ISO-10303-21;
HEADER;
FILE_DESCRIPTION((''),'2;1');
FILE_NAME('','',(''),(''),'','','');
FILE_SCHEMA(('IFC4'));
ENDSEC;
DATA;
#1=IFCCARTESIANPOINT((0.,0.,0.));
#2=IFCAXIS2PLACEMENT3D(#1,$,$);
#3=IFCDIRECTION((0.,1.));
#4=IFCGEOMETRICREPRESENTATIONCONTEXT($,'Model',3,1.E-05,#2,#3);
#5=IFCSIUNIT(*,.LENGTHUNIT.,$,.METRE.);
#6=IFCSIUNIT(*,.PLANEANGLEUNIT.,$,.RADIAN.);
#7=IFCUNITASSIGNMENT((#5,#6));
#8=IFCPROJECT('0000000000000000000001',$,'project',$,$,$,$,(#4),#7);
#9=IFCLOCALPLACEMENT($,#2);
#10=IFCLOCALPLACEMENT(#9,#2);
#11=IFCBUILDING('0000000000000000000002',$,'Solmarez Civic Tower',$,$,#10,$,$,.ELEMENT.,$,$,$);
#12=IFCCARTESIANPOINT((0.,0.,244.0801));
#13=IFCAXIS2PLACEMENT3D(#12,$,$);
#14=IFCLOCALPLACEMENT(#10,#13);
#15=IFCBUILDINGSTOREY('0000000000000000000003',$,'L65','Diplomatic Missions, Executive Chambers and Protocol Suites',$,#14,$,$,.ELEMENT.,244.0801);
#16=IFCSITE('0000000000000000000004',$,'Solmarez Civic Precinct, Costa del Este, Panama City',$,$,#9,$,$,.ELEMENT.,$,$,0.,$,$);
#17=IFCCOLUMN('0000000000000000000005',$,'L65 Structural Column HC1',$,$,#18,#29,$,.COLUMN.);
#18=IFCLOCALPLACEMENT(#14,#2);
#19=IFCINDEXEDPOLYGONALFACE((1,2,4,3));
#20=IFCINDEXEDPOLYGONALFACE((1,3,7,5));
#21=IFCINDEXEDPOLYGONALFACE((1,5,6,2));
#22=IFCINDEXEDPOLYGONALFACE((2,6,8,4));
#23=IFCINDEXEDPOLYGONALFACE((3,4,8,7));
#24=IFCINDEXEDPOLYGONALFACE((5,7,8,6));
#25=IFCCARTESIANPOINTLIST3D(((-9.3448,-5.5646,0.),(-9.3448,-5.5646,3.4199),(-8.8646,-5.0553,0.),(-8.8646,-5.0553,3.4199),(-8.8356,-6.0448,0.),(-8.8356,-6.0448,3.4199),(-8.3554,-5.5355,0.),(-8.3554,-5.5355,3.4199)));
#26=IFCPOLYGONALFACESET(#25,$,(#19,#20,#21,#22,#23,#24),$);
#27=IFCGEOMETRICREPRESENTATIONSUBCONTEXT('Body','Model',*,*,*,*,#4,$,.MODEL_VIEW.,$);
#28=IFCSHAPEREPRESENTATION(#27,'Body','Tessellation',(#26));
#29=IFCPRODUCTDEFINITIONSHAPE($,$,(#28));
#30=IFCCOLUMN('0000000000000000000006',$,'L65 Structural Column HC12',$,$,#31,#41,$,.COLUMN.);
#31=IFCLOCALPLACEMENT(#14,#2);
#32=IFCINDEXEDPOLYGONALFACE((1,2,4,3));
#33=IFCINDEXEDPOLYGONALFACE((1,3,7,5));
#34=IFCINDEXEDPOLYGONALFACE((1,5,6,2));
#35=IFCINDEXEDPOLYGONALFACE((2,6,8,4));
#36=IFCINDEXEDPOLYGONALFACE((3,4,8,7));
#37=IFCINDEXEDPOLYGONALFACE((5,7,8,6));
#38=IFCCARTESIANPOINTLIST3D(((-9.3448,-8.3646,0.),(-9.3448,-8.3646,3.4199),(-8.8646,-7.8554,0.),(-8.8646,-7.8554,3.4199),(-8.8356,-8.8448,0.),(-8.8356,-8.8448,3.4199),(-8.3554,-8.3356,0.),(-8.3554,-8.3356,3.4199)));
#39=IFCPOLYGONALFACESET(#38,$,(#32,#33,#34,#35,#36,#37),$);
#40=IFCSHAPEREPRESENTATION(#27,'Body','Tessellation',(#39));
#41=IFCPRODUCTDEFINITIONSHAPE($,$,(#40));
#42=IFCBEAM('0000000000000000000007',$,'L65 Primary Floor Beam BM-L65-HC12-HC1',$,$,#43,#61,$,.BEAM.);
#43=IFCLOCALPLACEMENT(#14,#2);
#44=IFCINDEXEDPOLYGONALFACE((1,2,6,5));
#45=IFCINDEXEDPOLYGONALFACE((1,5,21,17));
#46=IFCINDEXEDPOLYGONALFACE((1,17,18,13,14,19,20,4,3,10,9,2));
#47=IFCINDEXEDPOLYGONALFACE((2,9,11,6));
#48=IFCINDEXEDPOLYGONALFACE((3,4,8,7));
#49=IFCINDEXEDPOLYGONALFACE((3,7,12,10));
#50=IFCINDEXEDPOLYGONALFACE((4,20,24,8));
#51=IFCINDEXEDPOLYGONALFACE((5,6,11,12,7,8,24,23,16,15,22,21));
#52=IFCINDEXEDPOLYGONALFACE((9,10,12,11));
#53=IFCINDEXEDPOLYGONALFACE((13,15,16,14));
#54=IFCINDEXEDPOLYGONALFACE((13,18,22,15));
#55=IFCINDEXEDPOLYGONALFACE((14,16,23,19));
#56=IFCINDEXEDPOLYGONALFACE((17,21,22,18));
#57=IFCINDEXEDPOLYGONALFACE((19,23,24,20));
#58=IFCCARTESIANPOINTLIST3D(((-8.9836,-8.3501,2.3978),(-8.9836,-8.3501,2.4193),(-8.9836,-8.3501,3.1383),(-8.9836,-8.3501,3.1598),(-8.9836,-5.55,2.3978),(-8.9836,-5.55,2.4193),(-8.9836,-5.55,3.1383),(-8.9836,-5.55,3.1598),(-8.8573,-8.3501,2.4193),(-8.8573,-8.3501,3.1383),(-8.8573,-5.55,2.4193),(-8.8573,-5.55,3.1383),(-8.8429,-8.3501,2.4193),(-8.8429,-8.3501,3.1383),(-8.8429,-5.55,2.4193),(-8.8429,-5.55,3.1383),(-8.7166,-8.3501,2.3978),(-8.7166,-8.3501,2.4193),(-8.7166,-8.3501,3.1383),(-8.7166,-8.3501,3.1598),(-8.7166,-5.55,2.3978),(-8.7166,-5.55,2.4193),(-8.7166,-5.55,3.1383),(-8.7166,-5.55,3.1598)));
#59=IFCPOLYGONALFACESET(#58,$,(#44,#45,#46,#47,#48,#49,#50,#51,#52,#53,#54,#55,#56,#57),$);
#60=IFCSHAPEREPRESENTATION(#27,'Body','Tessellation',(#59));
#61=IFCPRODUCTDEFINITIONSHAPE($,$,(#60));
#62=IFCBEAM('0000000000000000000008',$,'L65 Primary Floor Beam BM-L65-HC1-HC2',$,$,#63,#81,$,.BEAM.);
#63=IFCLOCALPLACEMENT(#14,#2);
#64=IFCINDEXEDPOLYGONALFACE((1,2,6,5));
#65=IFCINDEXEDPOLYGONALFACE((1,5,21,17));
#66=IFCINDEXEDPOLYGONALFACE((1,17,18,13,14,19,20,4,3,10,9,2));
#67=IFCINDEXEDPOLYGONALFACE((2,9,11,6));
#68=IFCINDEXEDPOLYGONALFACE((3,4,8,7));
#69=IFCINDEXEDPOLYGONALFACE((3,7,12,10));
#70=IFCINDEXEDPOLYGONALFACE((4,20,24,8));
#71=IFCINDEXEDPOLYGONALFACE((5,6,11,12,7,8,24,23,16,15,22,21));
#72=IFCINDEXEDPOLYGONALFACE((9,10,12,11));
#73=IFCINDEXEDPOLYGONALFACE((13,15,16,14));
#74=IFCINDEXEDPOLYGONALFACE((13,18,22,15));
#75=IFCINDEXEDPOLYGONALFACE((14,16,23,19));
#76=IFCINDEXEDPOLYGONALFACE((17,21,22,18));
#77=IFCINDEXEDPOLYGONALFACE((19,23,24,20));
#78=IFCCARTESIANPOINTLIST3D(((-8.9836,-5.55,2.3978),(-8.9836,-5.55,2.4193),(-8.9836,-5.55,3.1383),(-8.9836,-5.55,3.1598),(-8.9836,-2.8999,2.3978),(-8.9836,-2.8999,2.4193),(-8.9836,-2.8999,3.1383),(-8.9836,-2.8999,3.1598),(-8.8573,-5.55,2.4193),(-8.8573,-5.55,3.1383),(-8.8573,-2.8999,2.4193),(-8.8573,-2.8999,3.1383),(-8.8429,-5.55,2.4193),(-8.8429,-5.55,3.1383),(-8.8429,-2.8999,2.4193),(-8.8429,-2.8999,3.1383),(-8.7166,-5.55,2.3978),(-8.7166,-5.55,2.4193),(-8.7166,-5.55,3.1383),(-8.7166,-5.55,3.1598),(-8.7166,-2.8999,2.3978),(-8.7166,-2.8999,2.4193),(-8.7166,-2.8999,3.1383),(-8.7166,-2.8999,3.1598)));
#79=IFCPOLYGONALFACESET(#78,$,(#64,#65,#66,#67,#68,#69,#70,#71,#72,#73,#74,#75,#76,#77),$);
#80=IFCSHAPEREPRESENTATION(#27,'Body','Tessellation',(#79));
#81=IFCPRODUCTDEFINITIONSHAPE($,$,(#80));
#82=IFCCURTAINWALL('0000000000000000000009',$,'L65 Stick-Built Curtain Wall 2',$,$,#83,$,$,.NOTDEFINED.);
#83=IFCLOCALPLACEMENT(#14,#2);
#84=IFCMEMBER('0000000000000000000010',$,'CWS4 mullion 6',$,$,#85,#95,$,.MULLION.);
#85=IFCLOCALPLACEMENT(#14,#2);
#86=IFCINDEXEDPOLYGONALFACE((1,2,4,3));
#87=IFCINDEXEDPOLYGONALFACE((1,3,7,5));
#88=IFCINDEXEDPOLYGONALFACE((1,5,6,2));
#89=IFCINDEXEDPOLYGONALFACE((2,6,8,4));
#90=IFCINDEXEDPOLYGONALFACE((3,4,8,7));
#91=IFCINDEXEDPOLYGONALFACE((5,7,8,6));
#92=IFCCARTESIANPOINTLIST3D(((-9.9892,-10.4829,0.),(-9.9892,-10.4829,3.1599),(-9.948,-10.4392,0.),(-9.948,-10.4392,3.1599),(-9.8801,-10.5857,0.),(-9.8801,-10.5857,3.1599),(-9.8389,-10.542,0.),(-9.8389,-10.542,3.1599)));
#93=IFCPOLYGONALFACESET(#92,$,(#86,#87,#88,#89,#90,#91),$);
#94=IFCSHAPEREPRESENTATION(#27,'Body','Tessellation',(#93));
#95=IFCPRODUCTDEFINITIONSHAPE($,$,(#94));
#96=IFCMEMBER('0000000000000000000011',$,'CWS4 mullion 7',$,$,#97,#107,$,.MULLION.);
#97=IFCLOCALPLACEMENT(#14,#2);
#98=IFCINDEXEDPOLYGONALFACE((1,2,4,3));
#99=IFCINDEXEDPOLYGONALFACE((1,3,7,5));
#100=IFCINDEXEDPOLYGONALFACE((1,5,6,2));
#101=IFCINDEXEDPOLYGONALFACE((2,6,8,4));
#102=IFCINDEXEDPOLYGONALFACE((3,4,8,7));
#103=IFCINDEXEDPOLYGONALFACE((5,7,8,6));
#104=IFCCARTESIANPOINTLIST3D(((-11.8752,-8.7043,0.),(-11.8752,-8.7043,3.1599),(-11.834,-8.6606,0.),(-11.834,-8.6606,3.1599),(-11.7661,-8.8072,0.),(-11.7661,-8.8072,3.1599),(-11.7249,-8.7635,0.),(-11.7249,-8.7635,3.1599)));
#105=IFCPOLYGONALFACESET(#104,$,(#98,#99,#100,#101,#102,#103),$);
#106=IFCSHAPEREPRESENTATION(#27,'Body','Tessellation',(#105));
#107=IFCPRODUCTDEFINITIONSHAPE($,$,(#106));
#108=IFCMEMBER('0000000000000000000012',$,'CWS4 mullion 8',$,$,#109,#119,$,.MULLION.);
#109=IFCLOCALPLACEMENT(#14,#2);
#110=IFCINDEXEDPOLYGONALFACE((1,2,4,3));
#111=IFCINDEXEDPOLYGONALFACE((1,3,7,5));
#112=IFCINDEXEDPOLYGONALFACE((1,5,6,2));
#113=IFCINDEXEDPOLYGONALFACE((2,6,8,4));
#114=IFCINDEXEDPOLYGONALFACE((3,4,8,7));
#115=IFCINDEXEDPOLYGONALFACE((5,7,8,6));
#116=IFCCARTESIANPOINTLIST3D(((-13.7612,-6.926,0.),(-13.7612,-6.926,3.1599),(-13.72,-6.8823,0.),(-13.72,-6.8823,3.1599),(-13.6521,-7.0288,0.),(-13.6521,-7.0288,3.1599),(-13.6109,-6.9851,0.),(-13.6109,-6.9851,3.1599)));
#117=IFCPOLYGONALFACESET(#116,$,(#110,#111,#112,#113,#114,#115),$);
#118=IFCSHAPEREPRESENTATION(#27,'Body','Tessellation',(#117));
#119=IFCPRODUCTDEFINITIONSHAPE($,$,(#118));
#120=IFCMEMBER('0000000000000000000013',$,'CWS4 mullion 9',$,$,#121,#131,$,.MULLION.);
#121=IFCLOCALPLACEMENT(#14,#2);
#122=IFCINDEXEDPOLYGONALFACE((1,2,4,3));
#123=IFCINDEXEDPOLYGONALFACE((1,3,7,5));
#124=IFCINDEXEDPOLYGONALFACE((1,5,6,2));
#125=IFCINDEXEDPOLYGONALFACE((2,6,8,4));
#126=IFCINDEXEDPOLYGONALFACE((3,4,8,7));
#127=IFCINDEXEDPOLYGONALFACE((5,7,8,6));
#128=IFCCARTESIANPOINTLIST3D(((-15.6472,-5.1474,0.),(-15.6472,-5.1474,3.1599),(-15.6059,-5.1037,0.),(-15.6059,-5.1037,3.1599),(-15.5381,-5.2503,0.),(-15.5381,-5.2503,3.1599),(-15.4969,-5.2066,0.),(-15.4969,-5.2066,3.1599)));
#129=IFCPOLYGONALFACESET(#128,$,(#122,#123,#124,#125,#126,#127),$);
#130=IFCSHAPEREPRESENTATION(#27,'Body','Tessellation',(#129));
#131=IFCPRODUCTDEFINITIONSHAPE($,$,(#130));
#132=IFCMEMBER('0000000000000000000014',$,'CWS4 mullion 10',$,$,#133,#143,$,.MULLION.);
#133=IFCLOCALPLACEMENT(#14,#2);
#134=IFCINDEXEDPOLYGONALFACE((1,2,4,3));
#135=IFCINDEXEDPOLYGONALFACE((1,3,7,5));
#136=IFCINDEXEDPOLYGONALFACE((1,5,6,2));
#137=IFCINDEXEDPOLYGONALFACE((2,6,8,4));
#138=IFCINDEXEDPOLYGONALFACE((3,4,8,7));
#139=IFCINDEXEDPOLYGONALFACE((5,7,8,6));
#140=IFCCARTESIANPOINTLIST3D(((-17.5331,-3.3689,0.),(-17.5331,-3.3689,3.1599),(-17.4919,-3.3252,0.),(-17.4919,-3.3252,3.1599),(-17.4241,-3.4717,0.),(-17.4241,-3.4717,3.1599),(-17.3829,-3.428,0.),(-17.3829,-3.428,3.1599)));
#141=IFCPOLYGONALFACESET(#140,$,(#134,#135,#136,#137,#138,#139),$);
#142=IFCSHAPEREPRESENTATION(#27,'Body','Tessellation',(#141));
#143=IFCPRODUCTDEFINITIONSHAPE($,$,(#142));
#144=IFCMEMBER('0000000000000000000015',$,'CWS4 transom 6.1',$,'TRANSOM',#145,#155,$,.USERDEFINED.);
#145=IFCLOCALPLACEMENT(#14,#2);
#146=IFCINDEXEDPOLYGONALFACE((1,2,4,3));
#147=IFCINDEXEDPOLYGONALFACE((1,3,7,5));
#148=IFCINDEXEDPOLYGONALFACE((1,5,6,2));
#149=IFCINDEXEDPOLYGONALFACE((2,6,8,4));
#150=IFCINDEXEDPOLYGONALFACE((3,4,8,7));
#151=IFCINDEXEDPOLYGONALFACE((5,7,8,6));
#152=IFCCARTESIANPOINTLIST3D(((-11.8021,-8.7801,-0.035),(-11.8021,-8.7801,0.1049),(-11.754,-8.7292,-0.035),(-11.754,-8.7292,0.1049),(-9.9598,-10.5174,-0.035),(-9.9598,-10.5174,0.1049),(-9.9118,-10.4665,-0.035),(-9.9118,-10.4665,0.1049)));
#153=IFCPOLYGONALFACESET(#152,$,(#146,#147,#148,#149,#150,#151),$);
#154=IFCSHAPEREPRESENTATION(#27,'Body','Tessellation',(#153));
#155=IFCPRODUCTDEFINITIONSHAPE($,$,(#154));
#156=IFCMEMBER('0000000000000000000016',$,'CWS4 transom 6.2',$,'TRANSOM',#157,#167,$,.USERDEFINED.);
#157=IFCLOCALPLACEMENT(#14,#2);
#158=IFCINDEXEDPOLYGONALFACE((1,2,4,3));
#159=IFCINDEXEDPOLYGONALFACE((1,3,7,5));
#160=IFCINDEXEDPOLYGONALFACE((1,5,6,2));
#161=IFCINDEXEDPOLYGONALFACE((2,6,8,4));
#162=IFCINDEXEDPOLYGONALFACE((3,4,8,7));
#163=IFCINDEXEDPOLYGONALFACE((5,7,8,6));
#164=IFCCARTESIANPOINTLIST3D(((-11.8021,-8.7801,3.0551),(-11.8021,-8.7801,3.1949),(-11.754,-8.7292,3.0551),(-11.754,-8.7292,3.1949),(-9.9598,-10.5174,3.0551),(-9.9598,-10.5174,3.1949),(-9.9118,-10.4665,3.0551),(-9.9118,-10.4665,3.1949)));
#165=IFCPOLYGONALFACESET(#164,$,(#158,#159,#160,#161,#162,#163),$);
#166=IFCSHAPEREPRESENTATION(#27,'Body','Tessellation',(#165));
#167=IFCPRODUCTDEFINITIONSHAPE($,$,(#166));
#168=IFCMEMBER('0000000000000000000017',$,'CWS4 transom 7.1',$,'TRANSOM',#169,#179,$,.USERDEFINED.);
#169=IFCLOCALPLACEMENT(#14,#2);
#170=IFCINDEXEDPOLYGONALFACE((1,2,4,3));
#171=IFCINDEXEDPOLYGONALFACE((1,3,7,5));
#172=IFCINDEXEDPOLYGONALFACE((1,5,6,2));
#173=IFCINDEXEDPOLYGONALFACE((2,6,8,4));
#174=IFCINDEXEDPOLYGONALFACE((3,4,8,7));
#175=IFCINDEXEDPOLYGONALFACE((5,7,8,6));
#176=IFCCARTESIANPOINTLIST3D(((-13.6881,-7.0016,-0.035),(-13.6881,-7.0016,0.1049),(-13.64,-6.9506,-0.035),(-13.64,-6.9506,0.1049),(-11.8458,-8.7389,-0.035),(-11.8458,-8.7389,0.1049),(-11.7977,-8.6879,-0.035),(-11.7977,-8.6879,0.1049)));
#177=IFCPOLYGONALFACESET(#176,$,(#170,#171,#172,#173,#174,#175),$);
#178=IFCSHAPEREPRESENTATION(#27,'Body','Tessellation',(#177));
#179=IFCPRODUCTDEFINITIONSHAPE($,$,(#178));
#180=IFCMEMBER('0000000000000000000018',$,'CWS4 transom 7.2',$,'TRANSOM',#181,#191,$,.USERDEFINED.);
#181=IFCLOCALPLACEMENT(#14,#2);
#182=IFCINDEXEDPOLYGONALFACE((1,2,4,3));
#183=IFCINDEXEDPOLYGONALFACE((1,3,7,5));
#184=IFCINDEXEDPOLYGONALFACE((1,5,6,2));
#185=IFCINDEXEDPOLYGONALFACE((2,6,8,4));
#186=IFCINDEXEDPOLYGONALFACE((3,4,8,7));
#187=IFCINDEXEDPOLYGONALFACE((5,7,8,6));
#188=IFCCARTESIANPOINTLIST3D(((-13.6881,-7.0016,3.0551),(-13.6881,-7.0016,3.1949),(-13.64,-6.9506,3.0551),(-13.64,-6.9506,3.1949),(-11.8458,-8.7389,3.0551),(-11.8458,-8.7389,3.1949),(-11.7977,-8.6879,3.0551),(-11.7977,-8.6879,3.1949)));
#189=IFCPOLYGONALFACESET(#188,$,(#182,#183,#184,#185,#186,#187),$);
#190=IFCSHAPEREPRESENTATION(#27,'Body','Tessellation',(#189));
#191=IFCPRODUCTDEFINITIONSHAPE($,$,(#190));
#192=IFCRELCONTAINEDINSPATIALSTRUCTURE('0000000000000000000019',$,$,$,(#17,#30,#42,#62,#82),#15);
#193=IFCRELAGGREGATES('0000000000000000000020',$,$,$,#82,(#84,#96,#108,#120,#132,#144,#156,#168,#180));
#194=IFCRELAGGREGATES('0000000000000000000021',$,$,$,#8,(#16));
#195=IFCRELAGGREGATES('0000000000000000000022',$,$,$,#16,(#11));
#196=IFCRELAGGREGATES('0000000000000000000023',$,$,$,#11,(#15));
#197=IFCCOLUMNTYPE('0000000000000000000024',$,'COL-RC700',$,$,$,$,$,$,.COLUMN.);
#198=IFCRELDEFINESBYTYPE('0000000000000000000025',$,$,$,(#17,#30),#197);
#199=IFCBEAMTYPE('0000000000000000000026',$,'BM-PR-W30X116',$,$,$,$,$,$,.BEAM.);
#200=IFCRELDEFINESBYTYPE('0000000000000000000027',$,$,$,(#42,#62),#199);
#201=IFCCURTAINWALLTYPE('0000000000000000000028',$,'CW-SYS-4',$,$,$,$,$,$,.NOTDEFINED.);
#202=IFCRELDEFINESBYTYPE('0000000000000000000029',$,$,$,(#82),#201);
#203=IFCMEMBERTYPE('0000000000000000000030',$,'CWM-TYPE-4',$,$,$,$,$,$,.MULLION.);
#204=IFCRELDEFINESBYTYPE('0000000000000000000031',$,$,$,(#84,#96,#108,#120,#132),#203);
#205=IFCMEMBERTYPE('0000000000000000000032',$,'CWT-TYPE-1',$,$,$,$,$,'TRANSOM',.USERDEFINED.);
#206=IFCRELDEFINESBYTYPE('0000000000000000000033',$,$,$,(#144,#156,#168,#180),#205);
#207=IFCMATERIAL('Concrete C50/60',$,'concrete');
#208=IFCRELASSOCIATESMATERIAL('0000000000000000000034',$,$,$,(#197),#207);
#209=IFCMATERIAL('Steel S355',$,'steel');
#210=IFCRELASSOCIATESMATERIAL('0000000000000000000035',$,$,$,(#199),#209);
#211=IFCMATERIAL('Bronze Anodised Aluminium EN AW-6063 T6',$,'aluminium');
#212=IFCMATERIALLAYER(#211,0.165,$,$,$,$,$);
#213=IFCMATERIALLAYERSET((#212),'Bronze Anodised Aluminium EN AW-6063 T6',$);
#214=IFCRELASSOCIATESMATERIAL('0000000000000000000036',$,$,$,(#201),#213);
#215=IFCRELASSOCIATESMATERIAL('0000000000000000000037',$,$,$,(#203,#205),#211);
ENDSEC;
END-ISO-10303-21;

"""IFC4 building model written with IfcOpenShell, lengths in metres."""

from ifc_helpers import new_model, si_unit, direction, frame, origin, origin_2d, place, context, subcontext, project, spatial, rectangle, i_section, extrude, material, layer, layer_set, material_profile, profile_set, type_object, element, aggregate, save


model = new_model("IFC4")

# Units and contexts
model_context = context("Model", 3, precision=1e-05, world=origin(), true_north=direction((0.0, 1.0)))
body_context = subcontext(model_context, "Body", "Model", "MODEL_VIEW")
ifc_project = project(units=[si_unit("LENGTHUNIT", "METRE"), si_unit("PLANEANGLEUNIT", "RADIAN")], contexts=[model_context])

# Site, building, storey
site_placement = place(None, origin())
site = spatial("IfcSite", under=ifc_project, at=site_placement, Name="Solmarez Civic Precinct, Costa del Este, Panama City", CompositionType="ELEMENT", RefElevation=0.0)
building_placement = place(site_placement, origin())
building = spatial("IfcBuilding", under=site, at=building_placement, Name="Solmarez Civic Tower", CompositionType="ELEMENT")
storey_placement = place(building_placement, frame((0.0, 0.0, 244.0801)))
storey = spatial("IfcBuildingStorey", under=building, at=storey_placement, Name="L65", Description="Diplomatic Missions, Executive Chambers and Protocol Suites", CompositionType="ELEMENT", Elevation=244.0801)

# Columns
ifc_material_1 = material(Name="Concrete C50/60", Category="concrete")
ifc_material_profile_1 = material_profile(ifc_material_1, rectangle(XDim=0.7, YDim=0.7, at=origin_2d()), Name="RC700X700")
ifc_profile_set_1 = profile_set([ifc_material_profile_1], Name="Concrete C50/60")
column_type = type_object("IfcColumnType", Name="COL-RC700", PredefinedType="COLUMN", material=ifc_profile_set_1)
for number, where, z_axis, x_axis, name in (
    (1, (-8.8501, -5.55, 0.0), (0.0, 0.0, 1.0), (0.686072, 0.727533, 0.0), "L65 Structural Column HC1"),
    (2, (-8.8501, -8.3501, 0.0), (0.0, 0.0, 1.0), (0.686072, 0.727533, 0.0), "L65 Structural Column HC12"),
):
    element("IfcColumn", number, at=place(storey_placement, frame(where, z_axis=z_axis, x_axis=x_axis)), inside=storey, type_object=column_type, Name=name, PredefinedType="COLUMN", context=body_context, shape_type="SweptSolid", body=[
        extrude(rectangle(XDim=0.7, YDim=0.7, at=origin_2d()), origin(), (0.0, 0.0, 1.0), 3.4199),
    ])

# Beams
ifc_material_2 = material(Name="Steel S355", Category="steel")
ifc_material_profile_2 = material_profile(ifc_material_2, i_section(OverallWidth=0.2671, OverallDepth=0.762, WebThickness=0.0144, FlangeThickness=0.0215, at=origin_2d()), Name="W30X116")
ifc_profile_set_2 = profile_set([ifc_material_profile_2], Name="Steel S355")
beam_type = type_object("IfcBeamType", Name="BM-PR-W30X116", PredefinedType="BEAM", material=ifc_profile_set_2)
beam_1_placement = place(storey_placement, frame((-8.8501, -8.3501, 2.7788), z_axis=(0.0, 1.0, 0.0), x_axis=(-1.0, 0.0, 0.0)))
element("IfcBeam", 3, at=beam_1_placement, inside=storey, type_object=beam_type, Name="L65 Primary Floor Beam BM-L65-HC12-HC1", PredefinedType="BEAM", context=body_context, shape_type="SweptSolid", body=[
    extrude(i_section(OverallWidth=0.2671, OverallDepth=0.762, WebThickness=0.0144, FlangeThickness=0.0215, at=origin_2d()), origin(), (0.0, 0.0, 1.0), 2.8),
])
beam_2_placement = place(storey_placement, frame((-8.8501, -5.55, 2.7788), z_axis=(0.0, 1.0, 0.0), x_axis=(-1.0, 0.0, 0.0)))
element("IfcBeam", 4, at=beam_2_placement, inside=storey, type_object=beam_type, Name="L65 Primary Floor Beam BM-L65-HC1-HC2", PredefinedType="BEAM", context=body_context, shape_type="SweptSolid", body=[
    extrude(i_section(OverallWidth=0.2671, OverallDepth=0.762, WebThickness=0.0144, FlangeThickness=0.0215, at=origin_2d()), origin(), (0.0, 0.0, 1.0), 2.6501),
])

# Curtain wall, members
ifc_material_3 = material(Name="Bronze Anodised Aluminium EN AW-6063 T6", Category="aluminium")
ifc_layer_1 = layer(ifc_material_3, 0.165)
ifc_layer_set_1 = layer_set([ifc_layer_1], Name="Bronze Anodised Aluminium EN AW-6063 T6")
curtain_wall_type = type_object("IfcCurtainWallType", Name="CW-SYS-4", PredefinedType="NOTDEFINED", material=ifc_layer_set_1)
curtain_wall_placement = place(storey_placement, origin())
curtain_wall = element("IfcCurtainWall", 5, at=curtain_wall_placement, inside=storey, type_object=curtain_wall_type, Name="L65 Stick-Built Curtain Wall 2", PredefinedType="NOTDEFINED")
ifc_material_profile_3 = material_profile(ifc_material_3, rectangle(XDim=0.0601, YDim=0.1499, at=origin_2d()), Name="CWM-60X150")
ifc_profile_set_3 = profile_set([ifc_material_profile_3], Name="Bronze Anodised Aluminium EN AW-6063 T6")
member_type_1 = type_object("IfcMemberType", Name="CWM-TYPE-4", PredefinedType="MULLION", material=ifc_profile_set_3)
member_1_placement = place(storey_placement, frame((-9.9141, -10.5125, 0.0), z_axis=(0.0, 0.0, 1.0), x_axis=(-0.686068, -0.727537, 0.0)))
member_1 = element("IfcMember", 6, at=member_1_placement, type_object=member_type_1, Name="CWS4 mullion 6", PredefinedType="MULLION", context=body_context, shape_type="SweptSolid", body=[
    extrude(rectangle(XDim=0.0601, YDim=0.1499, at=origin_2d()), origin(), (0.0, 0.0, 1.0), 3.1599),
])
member_2_placement = place(storey_placement, frame((-11.8, -8.7339, 0.0), z_axis=(0.0, 0.0, 1.0), x_axis=(-0.686068, -0.727537, 0.0)))
member_2 = element("IfcMember", 7, at=member_2_placement, type_object=member_type_1, Name="CWS4 mullion 7", PredefinedType="MULLION", context=body_context, shape_type="SweptSolid", body=[
    extrude(rectangle(XDim=0.0601, YDim=0.1499, at=origin_2d()), origin(), (0.0, 0.0, 1.0), 3.1599),
])
member_3_placement = place(storey_placement, frame((-13.686, -6.9556, 0.0), z_axis=(0.0, 0.0, 1.0), x_axis=(-0.686068, -0.727537, 0.0)))
member_3 = element("IfcMember", 8, at=member_3_placement, type_object=member_type_1, Name="CWS4 mullion 8", PredefinedType="MULLION", context=body_context, shape_type="SweptSolid", body=[
    extrude(rectangle(XDim=0.0601, YDim=0.1499, at=origin_2d()), origin(), (0.0, 0.0, 1.0), 3.1599),
])
member_4_placement = place(storey_placement, frame((-15.572, -5.177, 0.0), z_axis=(0.0, 0.0, 1.0), x_axis=(-0.686068, -0.727537, 0.0)))
member_4 = element("IfcMember", 9, at=member_4_placement, type_object=member_type_1, Name="CWS4 mullion 9", PredefinedType="MULLION", context=body_context, shape_type="SweptSolid", body=[
    extrude(rectangle(XDim=0.0601, YDim=0.1499, at=origin_2d()), origin(), (0.0, 0.0, 1.0), 3.1599),
])
member_5_placement = place(storey_placement, frame((-17.458, -3.3984, 0.0), z_axis=(0.0, 0.0, 1.0), x_axis=(-0.686068, -0.727537, 0.0)))
member_5 = element("IfcMember", 10, at=member_5_placement, type_object=member_type_1, Name="CWS4 mullion 10", PredefinedType="MULLION", context=body_context, shape_type="SweptSolid", body=[
    extrude(rectangle(XDim=0.0601, YDim=0.1499, at=origin_2d()), origin(), (0.0, 0.0, 1.0), 3.1599),
])
ifc_material_profile_4 = material_profile(ifc_material_3, rectangle(XDim=0.0701, YDim=0.1399, at=origin_2d()), Name="CWT-70X140")
ifc_profile_set_4 = profile_set([ifc_material_profile_4], Name="Bronze Anodised Aluminium EN AW-6063 T6")
member_type_2 = type_object("IfcMemberType", Name="CWT-TYPE-1", ElementType="TRANSOM", PredefinedType="USERDEFINED", material=ifc_profile_set_4)
member_6_placement = place(storey_placement, frame((-9.9358, -10.4919, 0.0349), z_axis=(-0.727532, 0.686074, 0.0), x_axis=(-0.686074, -0.727532, 0.0)))
member_6 = element("IfcMember", 11, at=member_6_placement, type_object=member_type_2, Name="CWS4 transom 6.1", ObjectType="TRANSOM", PredefinedType="USERDEFINED", context=body_context, shape_type="SweptSolid", body=[
    extrude(rectangle(XDim=0.0701, YDim=0.1399, at=origin_2d()), origin(), (0.0, 0.0, 1.0), 2.5322),
])
member_7_placement = place(storey_placement, frame((-9.9358, -10.4919, 3.125), z_axis=(-0.727532, 0.686074, 0.0), x_axis=(-0.686074, -0.727532, 0.0)))
member_7 = element("IfcMember", 12, at=member_7_placement, type_object=member_type_2, Name="CWS4 transom 6.2", ObjectType="TRANSOM", PredefinedType="USERDEFINED", context=body_context, shape_type="SweptSolid", body=[
    extrude(rectangle(XDim=0.0701, YDim=0.1399, at=origin_2d()), origin(), (0.0, 0.0, 1.0), 2.5322),
])
member_8_placement = place(storey_placement, frame((-11.8218, -8.7134, 0.0349), z_axis=(-0.727532, 0.686074, 0.0), x_axis=(-0.686074, -0.727532, 0.0)))
member_8 = element("IfcMember", 13, at=member_8_placement, type_object=member_type_2, Name="CWS4 transom 7.1", ObjectType="TRANSOM", PredefinedType="USERDEFINED", context=body_context, shape_type="SweptSolid", body=[
    extrude(rectangle(XDim=0.0701, YDim=0.1399, at=origin_2d()), origin(), (0.0, 0.0, 1.0), 2.5322),
])
member_9_placement = place(storey_placement, frame((-11.8218, -8.7134, 3.125), z_axis=(-0.727532, 0.686074, 0.0), x_axis=(-0.686074, -0.727532, 0.0)))
member_9 = element("IfcMember", 14, at=member_9_placement, type_object=member_type_2, Name="CWS4 transom 7.2", ObjectType="TRANSOM", PredefinedType="USERDEFINED", context=body_context, shape_type="SweptSolid", body=[
    extrude(rectangle(XDim=0.0701, YDim=0.1399, at=origin_2d()), origin(), (0.0, 0.0, 1.0), 2.5322),
])
aggregate(curtain_wall, [member_1, member_2, member_3, member_4, member_5, member_6, member_7, member_8, member_9])

save(model, "model.ifc")
